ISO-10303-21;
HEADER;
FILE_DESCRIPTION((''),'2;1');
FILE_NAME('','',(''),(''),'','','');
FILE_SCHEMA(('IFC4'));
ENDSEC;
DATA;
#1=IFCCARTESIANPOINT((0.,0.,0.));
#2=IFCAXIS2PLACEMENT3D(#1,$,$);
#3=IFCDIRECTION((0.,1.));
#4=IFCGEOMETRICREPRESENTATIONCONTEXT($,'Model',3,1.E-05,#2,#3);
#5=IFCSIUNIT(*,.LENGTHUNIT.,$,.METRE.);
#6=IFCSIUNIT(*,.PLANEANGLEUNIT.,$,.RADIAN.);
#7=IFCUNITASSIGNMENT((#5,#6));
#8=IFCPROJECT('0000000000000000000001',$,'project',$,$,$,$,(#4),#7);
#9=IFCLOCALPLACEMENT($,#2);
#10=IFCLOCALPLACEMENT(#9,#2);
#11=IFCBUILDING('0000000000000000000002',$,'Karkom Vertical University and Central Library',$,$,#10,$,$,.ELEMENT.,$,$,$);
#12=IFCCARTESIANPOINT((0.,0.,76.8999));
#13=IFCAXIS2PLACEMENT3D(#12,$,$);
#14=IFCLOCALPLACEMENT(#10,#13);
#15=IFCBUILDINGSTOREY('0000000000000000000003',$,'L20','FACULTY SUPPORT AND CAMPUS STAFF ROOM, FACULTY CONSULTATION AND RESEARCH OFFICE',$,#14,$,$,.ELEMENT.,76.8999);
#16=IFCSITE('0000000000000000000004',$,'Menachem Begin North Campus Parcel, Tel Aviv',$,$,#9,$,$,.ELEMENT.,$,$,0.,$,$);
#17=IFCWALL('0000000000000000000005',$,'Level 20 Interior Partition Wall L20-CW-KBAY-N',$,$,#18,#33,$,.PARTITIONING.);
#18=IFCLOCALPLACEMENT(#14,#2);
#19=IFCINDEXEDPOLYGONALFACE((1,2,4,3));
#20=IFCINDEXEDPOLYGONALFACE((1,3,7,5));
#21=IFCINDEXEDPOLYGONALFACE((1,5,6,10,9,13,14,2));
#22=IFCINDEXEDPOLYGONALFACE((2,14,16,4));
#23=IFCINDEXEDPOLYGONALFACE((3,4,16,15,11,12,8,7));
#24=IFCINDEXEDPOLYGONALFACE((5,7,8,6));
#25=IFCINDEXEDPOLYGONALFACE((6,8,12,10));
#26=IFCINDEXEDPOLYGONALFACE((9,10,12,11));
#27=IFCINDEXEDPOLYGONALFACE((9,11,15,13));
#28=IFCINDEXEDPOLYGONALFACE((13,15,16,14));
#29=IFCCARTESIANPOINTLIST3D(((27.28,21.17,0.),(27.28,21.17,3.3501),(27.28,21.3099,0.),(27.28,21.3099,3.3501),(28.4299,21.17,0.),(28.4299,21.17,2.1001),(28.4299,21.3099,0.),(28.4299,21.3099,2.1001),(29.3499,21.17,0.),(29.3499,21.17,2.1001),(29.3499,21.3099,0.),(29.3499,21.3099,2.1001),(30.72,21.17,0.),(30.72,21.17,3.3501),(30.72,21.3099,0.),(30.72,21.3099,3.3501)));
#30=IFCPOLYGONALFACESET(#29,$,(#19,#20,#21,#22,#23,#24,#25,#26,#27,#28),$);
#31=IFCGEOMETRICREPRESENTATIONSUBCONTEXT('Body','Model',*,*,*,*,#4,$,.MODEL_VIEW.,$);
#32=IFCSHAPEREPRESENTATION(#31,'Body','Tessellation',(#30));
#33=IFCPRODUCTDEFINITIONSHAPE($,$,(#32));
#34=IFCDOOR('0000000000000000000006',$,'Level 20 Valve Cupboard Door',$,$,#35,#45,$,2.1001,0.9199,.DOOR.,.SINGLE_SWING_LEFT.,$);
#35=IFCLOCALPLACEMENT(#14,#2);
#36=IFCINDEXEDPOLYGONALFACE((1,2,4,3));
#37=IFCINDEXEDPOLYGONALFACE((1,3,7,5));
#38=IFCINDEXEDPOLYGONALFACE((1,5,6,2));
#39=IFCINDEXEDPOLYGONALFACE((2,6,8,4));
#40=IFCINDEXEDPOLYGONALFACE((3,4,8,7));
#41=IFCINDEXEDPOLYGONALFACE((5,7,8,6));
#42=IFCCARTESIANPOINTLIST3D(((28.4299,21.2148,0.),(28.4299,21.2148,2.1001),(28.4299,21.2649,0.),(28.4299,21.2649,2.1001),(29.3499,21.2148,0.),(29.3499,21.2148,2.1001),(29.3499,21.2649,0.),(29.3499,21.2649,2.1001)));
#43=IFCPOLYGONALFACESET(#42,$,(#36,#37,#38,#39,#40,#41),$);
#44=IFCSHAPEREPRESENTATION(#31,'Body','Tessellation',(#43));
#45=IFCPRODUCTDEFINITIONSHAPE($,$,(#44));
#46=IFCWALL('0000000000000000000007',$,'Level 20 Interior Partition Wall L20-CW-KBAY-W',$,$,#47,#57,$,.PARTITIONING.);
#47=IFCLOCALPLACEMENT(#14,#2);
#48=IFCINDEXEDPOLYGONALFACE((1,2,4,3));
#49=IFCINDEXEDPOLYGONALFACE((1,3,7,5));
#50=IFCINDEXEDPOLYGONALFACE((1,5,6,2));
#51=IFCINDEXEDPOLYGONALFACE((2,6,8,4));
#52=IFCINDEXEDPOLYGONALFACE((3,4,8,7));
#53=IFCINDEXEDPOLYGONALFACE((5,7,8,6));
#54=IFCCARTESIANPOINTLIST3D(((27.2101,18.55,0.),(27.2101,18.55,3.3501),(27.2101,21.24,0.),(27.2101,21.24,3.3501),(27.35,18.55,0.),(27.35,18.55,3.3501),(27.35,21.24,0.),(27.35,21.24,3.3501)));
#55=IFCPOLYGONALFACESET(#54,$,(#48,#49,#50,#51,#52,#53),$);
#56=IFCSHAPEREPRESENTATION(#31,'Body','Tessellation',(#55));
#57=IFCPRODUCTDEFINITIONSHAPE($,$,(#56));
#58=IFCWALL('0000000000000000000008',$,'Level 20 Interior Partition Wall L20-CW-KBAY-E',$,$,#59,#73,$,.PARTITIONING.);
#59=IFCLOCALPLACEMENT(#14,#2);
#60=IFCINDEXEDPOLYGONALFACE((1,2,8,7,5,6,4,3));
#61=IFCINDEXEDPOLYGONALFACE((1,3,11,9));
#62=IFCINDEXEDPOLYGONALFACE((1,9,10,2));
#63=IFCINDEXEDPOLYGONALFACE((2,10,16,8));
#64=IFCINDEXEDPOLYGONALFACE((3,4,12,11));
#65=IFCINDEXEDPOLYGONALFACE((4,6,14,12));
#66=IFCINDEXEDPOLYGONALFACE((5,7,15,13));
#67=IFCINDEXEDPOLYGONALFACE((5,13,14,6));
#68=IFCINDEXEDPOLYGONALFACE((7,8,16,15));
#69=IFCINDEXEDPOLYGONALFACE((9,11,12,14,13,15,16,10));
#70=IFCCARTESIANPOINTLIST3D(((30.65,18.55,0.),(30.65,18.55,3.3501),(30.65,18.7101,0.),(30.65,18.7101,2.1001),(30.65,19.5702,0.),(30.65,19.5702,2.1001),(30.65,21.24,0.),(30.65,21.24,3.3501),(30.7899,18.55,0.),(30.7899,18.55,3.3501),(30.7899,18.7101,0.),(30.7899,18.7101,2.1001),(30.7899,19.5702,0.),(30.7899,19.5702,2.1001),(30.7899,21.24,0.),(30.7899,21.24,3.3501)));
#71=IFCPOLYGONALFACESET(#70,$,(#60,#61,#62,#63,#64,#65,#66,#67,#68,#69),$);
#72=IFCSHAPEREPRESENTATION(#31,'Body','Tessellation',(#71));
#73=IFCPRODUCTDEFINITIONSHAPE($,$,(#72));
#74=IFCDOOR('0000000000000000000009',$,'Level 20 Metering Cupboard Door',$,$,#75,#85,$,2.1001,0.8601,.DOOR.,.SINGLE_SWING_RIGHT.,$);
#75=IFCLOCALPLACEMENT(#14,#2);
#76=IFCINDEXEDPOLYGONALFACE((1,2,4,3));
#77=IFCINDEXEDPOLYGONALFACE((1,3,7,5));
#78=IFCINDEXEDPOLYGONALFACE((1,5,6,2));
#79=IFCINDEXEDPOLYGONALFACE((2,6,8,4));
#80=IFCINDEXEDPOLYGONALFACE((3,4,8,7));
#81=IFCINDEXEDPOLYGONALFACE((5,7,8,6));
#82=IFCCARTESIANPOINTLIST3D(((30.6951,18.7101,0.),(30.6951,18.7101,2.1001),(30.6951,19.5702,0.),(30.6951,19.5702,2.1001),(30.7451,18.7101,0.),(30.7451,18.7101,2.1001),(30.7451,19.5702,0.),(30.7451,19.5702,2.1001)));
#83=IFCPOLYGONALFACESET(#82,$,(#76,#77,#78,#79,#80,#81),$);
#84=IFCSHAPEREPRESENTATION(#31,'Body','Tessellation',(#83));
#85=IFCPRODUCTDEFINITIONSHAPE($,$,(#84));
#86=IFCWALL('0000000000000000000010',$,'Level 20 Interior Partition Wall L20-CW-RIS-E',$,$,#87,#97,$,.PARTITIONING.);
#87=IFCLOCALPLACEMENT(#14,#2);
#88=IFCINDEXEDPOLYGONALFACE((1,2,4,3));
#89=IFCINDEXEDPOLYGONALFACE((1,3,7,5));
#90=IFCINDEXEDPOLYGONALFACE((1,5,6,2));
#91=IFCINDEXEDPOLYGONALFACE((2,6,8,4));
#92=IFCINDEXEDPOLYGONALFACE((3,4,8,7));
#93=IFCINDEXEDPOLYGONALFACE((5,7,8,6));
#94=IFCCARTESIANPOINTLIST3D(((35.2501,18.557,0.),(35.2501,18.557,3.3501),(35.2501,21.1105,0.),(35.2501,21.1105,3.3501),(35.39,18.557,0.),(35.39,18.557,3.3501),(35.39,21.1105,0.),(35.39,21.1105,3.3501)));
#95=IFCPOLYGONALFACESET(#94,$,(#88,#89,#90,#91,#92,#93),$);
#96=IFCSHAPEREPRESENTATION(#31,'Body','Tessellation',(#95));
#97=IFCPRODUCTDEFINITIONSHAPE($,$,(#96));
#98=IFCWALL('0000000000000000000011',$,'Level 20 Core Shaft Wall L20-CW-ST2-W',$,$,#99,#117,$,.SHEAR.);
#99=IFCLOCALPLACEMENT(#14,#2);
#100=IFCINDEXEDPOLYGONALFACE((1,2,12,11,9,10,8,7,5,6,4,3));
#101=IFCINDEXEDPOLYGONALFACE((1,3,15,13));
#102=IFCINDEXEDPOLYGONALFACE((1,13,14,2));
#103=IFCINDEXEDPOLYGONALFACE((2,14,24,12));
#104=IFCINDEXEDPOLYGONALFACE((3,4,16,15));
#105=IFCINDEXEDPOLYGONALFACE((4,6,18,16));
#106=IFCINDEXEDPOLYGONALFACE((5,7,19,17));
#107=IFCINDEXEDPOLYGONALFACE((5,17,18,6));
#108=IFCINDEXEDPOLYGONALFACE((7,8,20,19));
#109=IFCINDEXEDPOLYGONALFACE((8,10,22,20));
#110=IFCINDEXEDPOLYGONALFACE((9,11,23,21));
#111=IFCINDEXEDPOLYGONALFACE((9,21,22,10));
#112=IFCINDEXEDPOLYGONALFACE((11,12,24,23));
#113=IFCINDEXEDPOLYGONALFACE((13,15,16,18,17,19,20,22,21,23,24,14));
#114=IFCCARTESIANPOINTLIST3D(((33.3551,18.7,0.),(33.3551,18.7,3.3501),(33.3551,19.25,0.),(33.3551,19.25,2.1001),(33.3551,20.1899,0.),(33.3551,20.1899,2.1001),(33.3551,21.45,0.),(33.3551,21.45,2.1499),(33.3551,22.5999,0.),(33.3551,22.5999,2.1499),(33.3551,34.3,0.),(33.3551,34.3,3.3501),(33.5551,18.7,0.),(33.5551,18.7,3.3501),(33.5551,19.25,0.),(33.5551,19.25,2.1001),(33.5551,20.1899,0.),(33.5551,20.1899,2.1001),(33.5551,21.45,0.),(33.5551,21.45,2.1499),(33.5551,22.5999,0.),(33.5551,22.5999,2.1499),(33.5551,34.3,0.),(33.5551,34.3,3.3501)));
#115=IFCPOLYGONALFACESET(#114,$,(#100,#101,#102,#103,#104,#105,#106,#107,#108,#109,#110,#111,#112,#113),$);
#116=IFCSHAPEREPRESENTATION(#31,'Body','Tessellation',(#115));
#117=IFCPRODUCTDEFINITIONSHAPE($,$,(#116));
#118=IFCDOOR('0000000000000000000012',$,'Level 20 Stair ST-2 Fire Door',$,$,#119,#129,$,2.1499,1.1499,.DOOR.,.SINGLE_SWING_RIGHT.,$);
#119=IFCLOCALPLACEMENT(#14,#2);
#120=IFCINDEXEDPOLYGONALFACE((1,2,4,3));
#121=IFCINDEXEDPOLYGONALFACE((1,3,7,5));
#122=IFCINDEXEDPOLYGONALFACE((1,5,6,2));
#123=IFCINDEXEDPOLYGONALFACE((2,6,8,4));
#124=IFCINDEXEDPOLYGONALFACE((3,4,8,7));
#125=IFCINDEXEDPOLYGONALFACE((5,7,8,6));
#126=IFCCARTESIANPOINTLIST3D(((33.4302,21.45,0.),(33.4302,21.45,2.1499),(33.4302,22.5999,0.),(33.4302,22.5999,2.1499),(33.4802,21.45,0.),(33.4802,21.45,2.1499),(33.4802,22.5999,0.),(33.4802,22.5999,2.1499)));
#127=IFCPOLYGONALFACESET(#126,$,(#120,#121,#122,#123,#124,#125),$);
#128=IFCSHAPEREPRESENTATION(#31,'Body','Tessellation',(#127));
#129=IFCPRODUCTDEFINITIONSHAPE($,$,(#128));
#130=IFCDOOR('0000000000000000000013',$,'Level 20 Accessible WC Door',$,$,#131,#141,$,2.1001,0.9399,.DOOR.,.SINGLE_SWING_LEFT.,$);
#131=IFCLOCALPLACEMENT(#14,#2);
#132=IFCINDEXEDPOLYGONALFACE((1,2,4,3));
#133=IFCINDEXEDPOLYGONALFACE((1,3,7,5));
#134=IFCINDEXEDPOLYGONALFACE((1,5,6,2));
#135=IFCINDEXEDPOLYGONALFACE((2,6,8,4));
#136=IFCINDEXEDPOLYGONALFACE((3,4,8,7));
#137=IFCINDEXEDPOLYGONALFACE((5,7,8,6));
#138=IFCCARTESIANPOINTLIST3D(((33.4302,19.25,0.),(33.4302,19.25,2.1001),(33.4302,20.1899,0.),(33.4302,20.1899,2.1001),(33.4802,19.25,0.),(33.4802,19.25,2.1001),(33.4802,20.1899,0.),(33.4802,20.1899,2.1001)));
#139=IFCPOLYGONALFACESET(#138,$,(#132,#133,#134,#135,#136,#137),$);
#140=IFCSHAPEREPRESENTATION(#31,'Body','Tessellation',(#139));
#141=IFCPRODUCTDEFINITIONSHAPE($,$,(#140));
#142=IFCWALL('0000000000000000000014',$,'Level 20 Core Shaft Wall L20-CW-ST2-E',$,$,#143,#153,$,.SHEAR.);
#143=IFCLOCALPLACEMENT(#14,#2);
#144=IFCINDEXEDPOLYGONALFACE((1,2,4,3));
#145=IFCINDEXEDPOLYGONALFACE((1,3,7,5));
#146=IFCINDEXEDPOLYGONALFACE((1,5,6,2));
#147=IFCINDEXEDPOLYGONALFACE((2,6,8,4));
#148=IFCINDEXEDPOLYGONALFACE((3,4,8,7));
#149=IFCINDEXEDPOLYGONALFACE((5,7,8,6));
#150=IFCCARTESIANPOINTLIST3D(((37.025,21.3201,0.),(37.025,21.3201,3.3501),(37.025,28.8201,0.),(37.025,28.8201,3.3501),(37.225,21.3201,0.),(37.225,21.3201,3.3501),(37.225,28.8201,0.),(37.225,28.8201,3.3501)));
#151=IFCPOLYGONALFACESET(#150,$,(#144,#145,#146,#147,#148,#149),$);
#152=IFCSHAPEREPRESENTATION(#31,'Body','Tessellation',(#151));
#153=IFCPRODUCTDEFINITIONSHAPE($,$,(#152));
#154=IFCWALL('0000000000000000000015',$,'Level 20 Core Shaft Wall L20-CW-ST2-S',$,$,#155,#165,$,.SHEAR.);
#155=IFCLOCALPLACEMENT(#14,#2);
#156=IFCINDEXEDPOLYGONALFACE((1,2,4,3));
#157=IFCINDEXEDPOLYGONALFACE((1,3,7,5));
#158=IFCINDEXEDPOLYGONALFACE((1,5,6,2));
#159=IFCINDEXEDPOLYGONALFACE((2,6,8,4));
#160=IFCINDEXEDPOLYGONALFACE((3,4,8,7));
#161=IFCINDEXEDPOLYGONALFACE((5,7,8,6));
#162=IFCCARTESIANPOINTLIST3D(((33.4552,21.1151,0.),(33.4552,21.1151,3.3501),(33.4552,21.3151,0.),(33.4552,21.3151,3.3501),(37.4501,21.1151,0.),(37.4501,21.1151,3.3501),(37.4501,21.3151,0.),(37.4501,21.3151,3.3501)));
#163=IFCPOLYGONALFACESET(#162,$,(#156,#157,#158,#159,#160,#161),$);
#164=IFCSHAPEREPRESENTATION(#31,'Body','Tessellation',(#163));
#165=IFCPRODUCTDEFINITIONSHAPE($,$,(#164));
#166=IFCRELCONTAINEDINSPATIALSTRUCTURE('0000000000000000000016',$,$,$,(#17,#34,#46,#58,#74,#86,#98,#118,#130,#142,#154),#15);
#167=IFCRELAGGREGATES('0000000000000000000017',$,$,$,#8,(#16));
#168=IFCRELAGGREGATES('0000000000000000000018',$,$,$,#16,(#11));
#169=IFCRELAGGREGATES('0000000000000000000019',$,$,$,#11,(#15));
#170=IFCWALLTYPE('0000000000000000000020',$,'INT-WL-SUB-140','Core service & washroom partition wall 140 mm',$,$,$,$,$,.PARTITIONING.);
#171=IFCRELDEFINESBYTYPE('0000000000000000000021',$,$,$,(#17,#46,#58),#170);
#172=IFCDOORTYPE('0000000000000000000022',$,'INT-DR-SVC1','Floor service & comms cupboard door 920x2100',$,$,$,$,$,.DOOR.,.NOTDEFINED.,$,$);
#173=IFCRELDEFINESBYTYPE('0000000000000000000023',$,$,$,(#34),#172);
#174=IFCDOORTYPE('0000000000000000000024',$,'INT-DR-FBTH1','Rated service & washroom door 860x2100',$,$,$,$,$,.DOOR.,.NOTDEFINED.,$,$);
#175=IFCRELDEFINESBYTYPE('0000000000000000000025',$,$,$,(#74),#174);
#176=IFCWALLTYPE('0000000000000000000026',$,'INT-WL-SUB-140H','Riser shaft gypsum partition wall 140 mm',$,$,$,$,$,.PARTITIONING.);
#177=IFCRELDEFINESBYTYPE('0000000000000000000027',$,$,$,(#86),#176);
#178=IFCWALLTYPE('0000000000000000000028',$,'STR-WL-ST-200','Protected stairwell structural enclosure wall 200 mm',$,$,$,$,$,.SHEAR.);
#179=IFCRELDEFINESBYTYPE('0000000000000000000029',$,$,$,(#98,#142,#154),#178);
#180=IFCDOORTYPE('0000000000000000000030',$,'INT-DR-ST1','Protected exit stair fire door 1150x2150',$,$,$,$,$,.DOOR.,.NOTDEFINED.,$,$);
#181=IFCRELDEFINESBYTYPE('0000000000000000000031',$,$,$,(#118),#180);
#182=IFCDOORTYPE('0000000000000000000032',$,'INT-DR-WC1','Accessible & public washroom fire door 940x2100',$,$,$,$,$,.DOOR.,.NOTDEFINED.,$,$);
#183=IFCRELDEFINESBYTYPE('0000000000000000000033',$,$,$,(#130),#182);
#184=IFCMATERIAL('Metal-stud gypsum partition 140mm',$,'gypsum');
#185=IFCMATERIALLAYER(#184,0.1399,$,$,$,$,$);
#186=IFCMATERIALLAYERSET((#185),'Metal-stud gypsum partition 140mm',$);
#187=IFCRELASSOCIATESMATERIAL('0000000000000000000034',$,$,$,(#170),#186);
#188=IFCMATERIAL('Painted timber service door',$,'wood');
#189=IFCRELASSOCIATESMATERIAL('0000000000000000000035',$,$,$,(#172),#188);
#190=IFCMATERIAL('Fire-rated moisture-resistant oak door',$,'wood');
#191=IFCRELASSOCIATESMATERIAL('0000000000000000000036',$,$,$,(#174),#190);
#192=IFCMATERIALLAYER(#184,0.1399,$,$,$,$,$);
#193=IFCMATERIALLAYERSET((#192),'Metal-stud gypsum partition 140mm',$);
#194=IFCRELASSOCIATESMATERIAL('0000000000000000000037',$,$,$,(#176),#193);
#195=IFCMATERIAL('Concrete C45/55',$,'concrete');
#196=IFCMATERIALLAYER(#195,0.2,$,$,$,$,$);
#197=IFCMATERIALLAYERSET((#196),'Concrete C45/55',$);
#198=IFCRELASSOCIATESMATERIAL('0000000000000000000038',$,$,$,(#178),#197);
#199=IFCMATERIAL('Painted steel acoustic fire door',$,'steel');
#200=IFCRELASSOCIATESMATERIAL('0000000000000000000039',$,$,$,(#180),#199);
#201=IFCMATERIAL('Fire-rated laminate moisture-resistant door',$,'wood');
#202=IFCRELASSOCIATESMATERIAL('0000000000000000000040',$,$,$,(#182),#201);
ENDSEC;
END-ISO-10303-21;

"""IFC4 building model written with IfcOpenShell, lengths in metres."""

from ifc_helpers import new_model, si_unit, direction, frame, frame_2d, origin, origin_with_axes, place, context, subcontext, project, spatial, rectangle, extrude, source, transform, mapped, material, layer, layer_set, type_object, element, fill, save


model = new_model("IFC4")

# Units and contexts
model_context = context("Model", 3, precision=1e-05, world=origin(), true_north=direction((0.0, 1.0)))
body_context = subcontext(model_context, "Body", "Model", "MODEL_VIEW")
ifc_project = project(units=[si_unit("LENGTHUNIT", "METRE"), si_unit("PLANEANGLEUNIT", "RADIAN")], contexts=[model_context])

# Site, building, storey
site_placement = place(None, origin())
site = spatial("IfcSite", under=ifc_project, at=site_placement, Name="Menachem Begin North Campus Parcel, Tel Aviv", CompositionType="ELEMENT", RefElevation=0.0)
building_placement = place(site_placement, origin())
building = spatial("IfcBuilding", under=site, at=building_placement, Name="Karkom Vertical University and Central Library", CompositionType="ELEMENT")
storey_placement = place(building_placement, frame((0.0, 0.0, 76.8999)))
storey = spatial("IfcBuildingStorey", under=building, at=storey_placement, Name="L20", Description="FACULTY SUPPORT AND CAMPUS STAFF ROOM, FACULTY CONSULTATION AND RESEARCH OFFICE", CompositionType="ELEMENT", Elevation=76.8999)

# Wall, opening, door
ifc_material_1 = material(Name="Metal-stud gypsum partition 140mm", Category="gypsum")
ifc_layer_1 = layer(ifc_material_1, 0.1399)
ifc_layer_set_1 = layer_set([ifc_layer_1], Name="Metal-stud gypsum partition 140mm")
wall_type_1 = type_object("IfcWallType", Name="INT-WL-SUB-140", Description="Core service & washroom partition wall 140 mm", PredefinedType="PARTITIONING", material=ifc_layer_set_1)
wall_1_placement = place(storey_placement, frame((27.28, 21.24, 0.0), z_axis=(0.0, 0.0, 1.0), x_axis=(1.0, 0.0, 0.0)))
wall_1 = element("IfcWall", 1, at=wall_1_placement, inside=storey, type_object=wall_type_1, Name="Level 20 Interior Partition Wall L20-CW-KBAY-N", PredefinedType="PARTITIONING", context=body_context, shape_type="SweptSolid", body=[
    extrude(rectangle(XDim=3.4399, YDim=0.1399, at=frame_2d((1.72, 0.0))), origin(), (0.0, 0.0, 1.0), 3.3501),
])
opening_1_placement = place(wall_1_placement, frame((1.1499, 0.0, 0.0)))
opening_1 = element("IfcOpeningElement", 2, at=opening_1_placement, cuts=wall_1, PredefinedType="OPENING", context=body_context, shape_type="SweptSolid", body=[
    extrude(rectangle(XDim=0.9199, YDim=2.1001, at=frame_2d((0.46, 1.05))), frame((0.0, 0.0801, 0.0), z_axis=(0.0, -1.0, 0.0), x_axis=(1.0, 0.0, 0.0)), (0.0, 0.0, 1.0), 0.1599),
])
ifc_material_2 = material(Name="Painted timber service door", Category="wood")
door_type_1 = type_object("IfcDoorType", Name="INT-DR-SVC1", Description="Floor service & comms cupboard door 920x2100", OperationType="NOTDEFINED", PredefinedType="DOOR", material=ifc_material_2)
shared_shape_1 = source(origin_with_axes(), body_context, "Body", "SweptSolid", [
    extrude(rectangle(XDim=0.9199, YDim=2.1001, at=frame_2d((0.46, 1.05))), frame((0.0, 0.0249, 0.0), z_axis=(0.0, -1.0, 0.0), x_axis=(1.0, 0.0, 0.0)), (0.0, 0.0, 1.0), 0.05),
])
door_1_placement = place(opening_1_placement, origin())
door_1 = element("IfcDoor", 3, at=door_1_placement, inside=storey, type_object=door_type_1, Name="Level 20 Valve Cupboard Door", OperationType="SINGLE_SWING_LEFT", OverallHeight=2.1001, OverallWidth=0.9199, PredefinedType="DOOR", context=body_context, shape_type="MappedRepresentation", body=[
    mapped(shared_shape_1, transform((0.0, 0.0, 0.0), scale=1.0)),
])
fill(opening_1, door_1)

# Wall
wall_2_placement = place(storey_placement, frame((27.28, 18.55, 0.0), z_axis=(0.0, 0.0, 1.0), x_axis=(0.0, 1.0, 0.0)))
element("IfcWall", 4, at=wall_2_placement, inside=storey, type_object=wall_type_1, Name="Level 20 Interior Partition Wall L20-CW-KBAY-W", PredefinedType="PARTITIONING", context=body_context, shape_type="SweptSolid", body=[
    extrude(rectangle(XDim=2.6899, YDim=0.1399, at=frame_2d((1.345, 0.0))), origin(), (0.0, 0.0, 1.0), 3.3501),
])

# Wall, opening, door
wall_3_placement = place(storey_placement, frame((30.72, 18.55, 0.0), z_axis=(0.0, 0.0, 1.0), x_axis=(0.0, 1.0, 0.0)))
wall_3 = element("IfcWall", 5, at=wall_3_placement, inside=storey, type_object=wall_type_1, Name="Level 20 Interior Partition Wall L20-CW-KBAY-E", PredefinedType="PARTITIONING", context=body_context, shape_type="SweptSolid", body=[
    extrude(rectangle(XDim=2.6899, YDim=0.1399, at=frame_2d((1.345, 0.0))), origin(), (0.0, 0.0, 1.0), 3.3501),
])
opening_2_placement = place(wall_3_placement, frame((0.1599, 0.0, 0.0)))
opening_2 = element("IfcOpeningElement", 6, at=opening_2_placement, cuts=wall_3, PredefinedType="OPENING", context=body_context, shape_type="SweptSolid", body=[
    extrude(rectangle(XDim=0.8601, YDim=2.1001, at=frame_2d((0.4302, 1.05))), frame((0.0, 0.0801, 0.0), z_axis=(0.0, -1.0, 0.0), x_axis=(1.0, 0.0, 0.0)), (0.0, 0.0, 1.0), 0.1599),
])
ifc_material_3 = material(Name="Fire-rated moisture-resistant oak door", Category="wood")
door_type_2 = type_object("IfcDoorType", Name="INT-DR-FBTH1", Description="Rated service & washroom door 860x2100", OperationType="NOTDEFINED", PredefinedType="DOOR", material=ifc_material_3)
shared_shape_2 = source(origin_with_axes(), body_context, "Body", "SweptSolid", [
    extrude(rectangle(XDim=0.8601, YDim=2.1001, at=frame_2d((0.4302, 1.05))), frame((0.0, 0.0249, 0.0), z_axis=(0.0, -1.0, 0.0), x_axis=(1.0, 0.0, 0.0)), (0.0, 0.0, 1.0), 0.05),
])
door_2_placement = place(opening_2_placement, origin())
door_2 = element("IfcDoor", 7, at=door_2_placement, inside=storey, type_object=door_type_2, Name="Level 20 Metering Cupboard Door", OperationType="SINGLE_SWING_RIGHT", OverallHeight=2.1001, OverallWidth=0.8601, PredefinedType="DOOR", context=body_context, shape_type="MappedRepresentation", body=[
    mapped(shared_shape_2, transform((0.0, 0.0, 0.0), scale=1.0)),
])
fill(opening_2, door_2)

# Wall
ifc_layer_2 = layer(ifc_material_1, 0.1399)
ifc_layer_set_2 = layer_set([ifc_layer_2], Name="Metal-stud gypsum partition 140mm")
wall_type_2 = type_object("IfcWallType", Name="INT-WL-SUB-140H", Description="Riser shaft gypsum partition wall 140 mm", PredefinedType="PARTITIONING", material=ifc_layer_set_2)
wall_4_placement = place(storey_placement, frame((35.3201, 18.5569, 0.0), z_axis=(0.0, 0.0, 1.0), x_axis=(0.0, 1.0, 0.0)))
element("IfcWall", 8, at=wall_4_placement, inside=storey, type_object=wall_type_2, Name="Level 20 Interior Partition Wall L20-CW-RIS-E", PredefinedType="PARTITIONING", context=body_context, shape_type="SweptSolid", body=[
    extrude(rectangle(XDim=2.5535, YDim=0.1399, at=frame_2d((1.2769, 0.0))), origin(), (0.0, 0.0, 1.0), 3.3501),
])

# Wall, openings, doors
ifc_material_4 = material(Name="Concrete C45/55", Category="concrete")
ifc_layer_3 = layer(ifc_material_4, 0.2)
ifc_layer_set_3 = layer_set([ifc_layer_3], Name="Concrete C45/55")
wall_type_3 = type_object("IfcWallType", Name="STR-WL-ST-200", Description="Protected stairwell structural enclosure wall 200 mm", PredefinedType="SHEAR", material=ifc_layer_set_3)
wall_5_placement = place(storey_placement, frame((33.4551, 18.7, 0.0), z_axis=(0.0, 0.0, 1.0), x_axis=(0.0, 1.0, 0.0)))
wall_5 = element("IfcWall", 9, at=wall_5_placement, inside=storey, type_object=wall_type_3, Name="Level 20 Core Shaft Wall L20-CW-ST2-W", PredefinedType="SHEAR", context=body_context, shape_type="SweptSolid", body=[
    extrude(rectangle(XDim=15.6001, YDim=0.2, at=frame_2d((7.8, 0.0))), origin(), (0.0, 0.0, 1.0), 3.3501),
])
opening_3_placement = place(wall_5_placement, frame((2.75, 0.0, 0.0)))
opening_3 = element("IfcOpeningElement", 10, at=opening_3_placement, cuts=wall_5, PredefinedType="OPENING", context=body_context, shape_type="SweptSolid", body=[
    extrude(rectangle(XDim=1.1499, YDim=2.1499, at=frame_2d((0.575, 1.075))), frame((0.0, 0.1099, 0.0), z_axis=(0.0, -1.0, 0.0), x_axis=(1.0, 0.0, 0.0)), (0.0, 0.0, 1.0), 0.22),
])
opening_4_placement = place(wall_5_placement, frame((0.55, 0.0, 0.0)))
opening_4 = element("IfcOpeningElement", 11, at=opening_4_placement, cuts=wall_5, PredefinedType="OPENING", context=body_context, shape_type="SweptSolid", body=[
    extrude(rectangle(XDim=0.9399, YDim=2.1001, at=frame_2d((0.47, 1.05))), frame((0.0, 0.1099, 0.0), z_axis=(0.0, -1.0, 0.0), x_axis=(1.0, 0.0, 0.0)), (0.0, 0.0, 1.0), 0.22),
])
ifc_material_5 = material(Name="Painted steel acoustic fire door", Category="steel")
door_type_3 = type_object("IfcDoorType", Name="INT-DR-ST1", Description="Protected exit stair fire door 1150x2150", OperationType="NOTDEFINED", PredefinedType="DOOR", material=ifc_material_5)
shared_shape_3 = source(origin_with_axes(), body_context, "Body", "SweptSolid", [
    extrude(rectangle(XDim=1.1499, YDim=2.1499, at=frame_2d((0.575, 1.075))), frame((0.0, 0.0249, 0.0), z_axis=(0.0, -1.0, 0.0), x_axis=(1.0, 0.0, 0.0)), (0.0, 0.0, 1.0), 0.05),
])
door_3_placement = place(opening_3_placement, origin())
door_3 = element("IfcDoor", 12, at=door_3_placement, inside=storey, type_object=door_type_3, Name="Level 20 Stair ST-2 Fire Door", OperationType="SINGLE_SWING_RIGHT", OverallHeight=2.1499, OverallWidth=1.1499, PredefinedType="DOOR", context=body_context, shape_type="MappedRepresentation", body=[
    mapped(shared_shape_3, transform((0.0, 0.0, 0.0), scale=1.0)),
])
fill(opening_3, door_3)
ifc_material_6 = material(Name="Fire-rated laminate moisture-resistant door", Category="wood")
door_type_4 = type_object("IfcDoorType", Name="INT-DR-WC1", Description="Accessible & public washroom fire door 940x2100", OperationType="NOTDEFINED", PredefinedType="DOOR", material=ifc_material_6)
shared_shape_4 = source(origin_with_axes(), body_context, "Body", "SweptSolid", [
    extrude(rectangle(XDim=0.9399, YDim=2.1001, at=frame_2d((0.47, 1.05))), frame((0.0, 0.0249, 0.0), z_axis=(0.0, -1.0, 0.0), x_axis=(1.0, 0.0, 0.0)), (0.0, 0.0, 1.0), 0.05),
])
door_4_placement = place(opening_4_placement, origin())
door_4 = element("IfcDoor", 13, at=door_4_placement, inside=storey, type_object=door_type_4, Name="Level 20 Accessible WC Door", OperationType="SINGLE_SWING_LEFT", OverallHeight=2.1001, OverallWidth=0.9399, PredefinedType="DOOR", context=body_context, shape_type="MappedRepresentation", body=[
    mapped(shared_shape_4, transform((0.0, 0.0, 0.0), scale=1.0)),
])
fill(opening_4, door_4)

# Walls
wall_6_placement = place(storey_placement, frame((37.125, 21.3201, 0.0), z_axis=(0.0, 0.0, 1.0), x_axis=(0.0, 1.0, 0.0)))
element("IfcWall", 14, at=wall_6_placement, inside=storey, type_object=wall_type_3, Name="Level 20 Core Shaft Wall L20-CW-ST2-E", PredefinedType="SHEAR", context=body_context, shape_type="SweptSolid", body=[
    extrude(rectangle(XDim=7.5, YDim=0.2, at=frame_2d((3.75, 0.0))), origin(), (0.0, 0.0, 1.0), 3.3501),
])
wall_7_placement = place(storey_placement, frame((33.4551, 21.2151, 0.0), z_axis=(0.0, 0.0, 1.0), x_axis=(1.0, 0.0, 0.0)))
element("IfcWall", 15, at=wall_7_placement, inside=storey, type_object=wall_type_3, Name="Level 20 Core Shaft Wall L20-CW-ST2-S", PredefinedType="SHEAR", context=body_context, shape_type="SweptSolid", body=[
    extrude(rectangle(XDim=3.9949, YDim=0.2, at=frame_2d((1.9976, 0.0))), origin(), (0.0, 0.0, 1.0), 3.3501),
])

save(model, "model.ifc")
